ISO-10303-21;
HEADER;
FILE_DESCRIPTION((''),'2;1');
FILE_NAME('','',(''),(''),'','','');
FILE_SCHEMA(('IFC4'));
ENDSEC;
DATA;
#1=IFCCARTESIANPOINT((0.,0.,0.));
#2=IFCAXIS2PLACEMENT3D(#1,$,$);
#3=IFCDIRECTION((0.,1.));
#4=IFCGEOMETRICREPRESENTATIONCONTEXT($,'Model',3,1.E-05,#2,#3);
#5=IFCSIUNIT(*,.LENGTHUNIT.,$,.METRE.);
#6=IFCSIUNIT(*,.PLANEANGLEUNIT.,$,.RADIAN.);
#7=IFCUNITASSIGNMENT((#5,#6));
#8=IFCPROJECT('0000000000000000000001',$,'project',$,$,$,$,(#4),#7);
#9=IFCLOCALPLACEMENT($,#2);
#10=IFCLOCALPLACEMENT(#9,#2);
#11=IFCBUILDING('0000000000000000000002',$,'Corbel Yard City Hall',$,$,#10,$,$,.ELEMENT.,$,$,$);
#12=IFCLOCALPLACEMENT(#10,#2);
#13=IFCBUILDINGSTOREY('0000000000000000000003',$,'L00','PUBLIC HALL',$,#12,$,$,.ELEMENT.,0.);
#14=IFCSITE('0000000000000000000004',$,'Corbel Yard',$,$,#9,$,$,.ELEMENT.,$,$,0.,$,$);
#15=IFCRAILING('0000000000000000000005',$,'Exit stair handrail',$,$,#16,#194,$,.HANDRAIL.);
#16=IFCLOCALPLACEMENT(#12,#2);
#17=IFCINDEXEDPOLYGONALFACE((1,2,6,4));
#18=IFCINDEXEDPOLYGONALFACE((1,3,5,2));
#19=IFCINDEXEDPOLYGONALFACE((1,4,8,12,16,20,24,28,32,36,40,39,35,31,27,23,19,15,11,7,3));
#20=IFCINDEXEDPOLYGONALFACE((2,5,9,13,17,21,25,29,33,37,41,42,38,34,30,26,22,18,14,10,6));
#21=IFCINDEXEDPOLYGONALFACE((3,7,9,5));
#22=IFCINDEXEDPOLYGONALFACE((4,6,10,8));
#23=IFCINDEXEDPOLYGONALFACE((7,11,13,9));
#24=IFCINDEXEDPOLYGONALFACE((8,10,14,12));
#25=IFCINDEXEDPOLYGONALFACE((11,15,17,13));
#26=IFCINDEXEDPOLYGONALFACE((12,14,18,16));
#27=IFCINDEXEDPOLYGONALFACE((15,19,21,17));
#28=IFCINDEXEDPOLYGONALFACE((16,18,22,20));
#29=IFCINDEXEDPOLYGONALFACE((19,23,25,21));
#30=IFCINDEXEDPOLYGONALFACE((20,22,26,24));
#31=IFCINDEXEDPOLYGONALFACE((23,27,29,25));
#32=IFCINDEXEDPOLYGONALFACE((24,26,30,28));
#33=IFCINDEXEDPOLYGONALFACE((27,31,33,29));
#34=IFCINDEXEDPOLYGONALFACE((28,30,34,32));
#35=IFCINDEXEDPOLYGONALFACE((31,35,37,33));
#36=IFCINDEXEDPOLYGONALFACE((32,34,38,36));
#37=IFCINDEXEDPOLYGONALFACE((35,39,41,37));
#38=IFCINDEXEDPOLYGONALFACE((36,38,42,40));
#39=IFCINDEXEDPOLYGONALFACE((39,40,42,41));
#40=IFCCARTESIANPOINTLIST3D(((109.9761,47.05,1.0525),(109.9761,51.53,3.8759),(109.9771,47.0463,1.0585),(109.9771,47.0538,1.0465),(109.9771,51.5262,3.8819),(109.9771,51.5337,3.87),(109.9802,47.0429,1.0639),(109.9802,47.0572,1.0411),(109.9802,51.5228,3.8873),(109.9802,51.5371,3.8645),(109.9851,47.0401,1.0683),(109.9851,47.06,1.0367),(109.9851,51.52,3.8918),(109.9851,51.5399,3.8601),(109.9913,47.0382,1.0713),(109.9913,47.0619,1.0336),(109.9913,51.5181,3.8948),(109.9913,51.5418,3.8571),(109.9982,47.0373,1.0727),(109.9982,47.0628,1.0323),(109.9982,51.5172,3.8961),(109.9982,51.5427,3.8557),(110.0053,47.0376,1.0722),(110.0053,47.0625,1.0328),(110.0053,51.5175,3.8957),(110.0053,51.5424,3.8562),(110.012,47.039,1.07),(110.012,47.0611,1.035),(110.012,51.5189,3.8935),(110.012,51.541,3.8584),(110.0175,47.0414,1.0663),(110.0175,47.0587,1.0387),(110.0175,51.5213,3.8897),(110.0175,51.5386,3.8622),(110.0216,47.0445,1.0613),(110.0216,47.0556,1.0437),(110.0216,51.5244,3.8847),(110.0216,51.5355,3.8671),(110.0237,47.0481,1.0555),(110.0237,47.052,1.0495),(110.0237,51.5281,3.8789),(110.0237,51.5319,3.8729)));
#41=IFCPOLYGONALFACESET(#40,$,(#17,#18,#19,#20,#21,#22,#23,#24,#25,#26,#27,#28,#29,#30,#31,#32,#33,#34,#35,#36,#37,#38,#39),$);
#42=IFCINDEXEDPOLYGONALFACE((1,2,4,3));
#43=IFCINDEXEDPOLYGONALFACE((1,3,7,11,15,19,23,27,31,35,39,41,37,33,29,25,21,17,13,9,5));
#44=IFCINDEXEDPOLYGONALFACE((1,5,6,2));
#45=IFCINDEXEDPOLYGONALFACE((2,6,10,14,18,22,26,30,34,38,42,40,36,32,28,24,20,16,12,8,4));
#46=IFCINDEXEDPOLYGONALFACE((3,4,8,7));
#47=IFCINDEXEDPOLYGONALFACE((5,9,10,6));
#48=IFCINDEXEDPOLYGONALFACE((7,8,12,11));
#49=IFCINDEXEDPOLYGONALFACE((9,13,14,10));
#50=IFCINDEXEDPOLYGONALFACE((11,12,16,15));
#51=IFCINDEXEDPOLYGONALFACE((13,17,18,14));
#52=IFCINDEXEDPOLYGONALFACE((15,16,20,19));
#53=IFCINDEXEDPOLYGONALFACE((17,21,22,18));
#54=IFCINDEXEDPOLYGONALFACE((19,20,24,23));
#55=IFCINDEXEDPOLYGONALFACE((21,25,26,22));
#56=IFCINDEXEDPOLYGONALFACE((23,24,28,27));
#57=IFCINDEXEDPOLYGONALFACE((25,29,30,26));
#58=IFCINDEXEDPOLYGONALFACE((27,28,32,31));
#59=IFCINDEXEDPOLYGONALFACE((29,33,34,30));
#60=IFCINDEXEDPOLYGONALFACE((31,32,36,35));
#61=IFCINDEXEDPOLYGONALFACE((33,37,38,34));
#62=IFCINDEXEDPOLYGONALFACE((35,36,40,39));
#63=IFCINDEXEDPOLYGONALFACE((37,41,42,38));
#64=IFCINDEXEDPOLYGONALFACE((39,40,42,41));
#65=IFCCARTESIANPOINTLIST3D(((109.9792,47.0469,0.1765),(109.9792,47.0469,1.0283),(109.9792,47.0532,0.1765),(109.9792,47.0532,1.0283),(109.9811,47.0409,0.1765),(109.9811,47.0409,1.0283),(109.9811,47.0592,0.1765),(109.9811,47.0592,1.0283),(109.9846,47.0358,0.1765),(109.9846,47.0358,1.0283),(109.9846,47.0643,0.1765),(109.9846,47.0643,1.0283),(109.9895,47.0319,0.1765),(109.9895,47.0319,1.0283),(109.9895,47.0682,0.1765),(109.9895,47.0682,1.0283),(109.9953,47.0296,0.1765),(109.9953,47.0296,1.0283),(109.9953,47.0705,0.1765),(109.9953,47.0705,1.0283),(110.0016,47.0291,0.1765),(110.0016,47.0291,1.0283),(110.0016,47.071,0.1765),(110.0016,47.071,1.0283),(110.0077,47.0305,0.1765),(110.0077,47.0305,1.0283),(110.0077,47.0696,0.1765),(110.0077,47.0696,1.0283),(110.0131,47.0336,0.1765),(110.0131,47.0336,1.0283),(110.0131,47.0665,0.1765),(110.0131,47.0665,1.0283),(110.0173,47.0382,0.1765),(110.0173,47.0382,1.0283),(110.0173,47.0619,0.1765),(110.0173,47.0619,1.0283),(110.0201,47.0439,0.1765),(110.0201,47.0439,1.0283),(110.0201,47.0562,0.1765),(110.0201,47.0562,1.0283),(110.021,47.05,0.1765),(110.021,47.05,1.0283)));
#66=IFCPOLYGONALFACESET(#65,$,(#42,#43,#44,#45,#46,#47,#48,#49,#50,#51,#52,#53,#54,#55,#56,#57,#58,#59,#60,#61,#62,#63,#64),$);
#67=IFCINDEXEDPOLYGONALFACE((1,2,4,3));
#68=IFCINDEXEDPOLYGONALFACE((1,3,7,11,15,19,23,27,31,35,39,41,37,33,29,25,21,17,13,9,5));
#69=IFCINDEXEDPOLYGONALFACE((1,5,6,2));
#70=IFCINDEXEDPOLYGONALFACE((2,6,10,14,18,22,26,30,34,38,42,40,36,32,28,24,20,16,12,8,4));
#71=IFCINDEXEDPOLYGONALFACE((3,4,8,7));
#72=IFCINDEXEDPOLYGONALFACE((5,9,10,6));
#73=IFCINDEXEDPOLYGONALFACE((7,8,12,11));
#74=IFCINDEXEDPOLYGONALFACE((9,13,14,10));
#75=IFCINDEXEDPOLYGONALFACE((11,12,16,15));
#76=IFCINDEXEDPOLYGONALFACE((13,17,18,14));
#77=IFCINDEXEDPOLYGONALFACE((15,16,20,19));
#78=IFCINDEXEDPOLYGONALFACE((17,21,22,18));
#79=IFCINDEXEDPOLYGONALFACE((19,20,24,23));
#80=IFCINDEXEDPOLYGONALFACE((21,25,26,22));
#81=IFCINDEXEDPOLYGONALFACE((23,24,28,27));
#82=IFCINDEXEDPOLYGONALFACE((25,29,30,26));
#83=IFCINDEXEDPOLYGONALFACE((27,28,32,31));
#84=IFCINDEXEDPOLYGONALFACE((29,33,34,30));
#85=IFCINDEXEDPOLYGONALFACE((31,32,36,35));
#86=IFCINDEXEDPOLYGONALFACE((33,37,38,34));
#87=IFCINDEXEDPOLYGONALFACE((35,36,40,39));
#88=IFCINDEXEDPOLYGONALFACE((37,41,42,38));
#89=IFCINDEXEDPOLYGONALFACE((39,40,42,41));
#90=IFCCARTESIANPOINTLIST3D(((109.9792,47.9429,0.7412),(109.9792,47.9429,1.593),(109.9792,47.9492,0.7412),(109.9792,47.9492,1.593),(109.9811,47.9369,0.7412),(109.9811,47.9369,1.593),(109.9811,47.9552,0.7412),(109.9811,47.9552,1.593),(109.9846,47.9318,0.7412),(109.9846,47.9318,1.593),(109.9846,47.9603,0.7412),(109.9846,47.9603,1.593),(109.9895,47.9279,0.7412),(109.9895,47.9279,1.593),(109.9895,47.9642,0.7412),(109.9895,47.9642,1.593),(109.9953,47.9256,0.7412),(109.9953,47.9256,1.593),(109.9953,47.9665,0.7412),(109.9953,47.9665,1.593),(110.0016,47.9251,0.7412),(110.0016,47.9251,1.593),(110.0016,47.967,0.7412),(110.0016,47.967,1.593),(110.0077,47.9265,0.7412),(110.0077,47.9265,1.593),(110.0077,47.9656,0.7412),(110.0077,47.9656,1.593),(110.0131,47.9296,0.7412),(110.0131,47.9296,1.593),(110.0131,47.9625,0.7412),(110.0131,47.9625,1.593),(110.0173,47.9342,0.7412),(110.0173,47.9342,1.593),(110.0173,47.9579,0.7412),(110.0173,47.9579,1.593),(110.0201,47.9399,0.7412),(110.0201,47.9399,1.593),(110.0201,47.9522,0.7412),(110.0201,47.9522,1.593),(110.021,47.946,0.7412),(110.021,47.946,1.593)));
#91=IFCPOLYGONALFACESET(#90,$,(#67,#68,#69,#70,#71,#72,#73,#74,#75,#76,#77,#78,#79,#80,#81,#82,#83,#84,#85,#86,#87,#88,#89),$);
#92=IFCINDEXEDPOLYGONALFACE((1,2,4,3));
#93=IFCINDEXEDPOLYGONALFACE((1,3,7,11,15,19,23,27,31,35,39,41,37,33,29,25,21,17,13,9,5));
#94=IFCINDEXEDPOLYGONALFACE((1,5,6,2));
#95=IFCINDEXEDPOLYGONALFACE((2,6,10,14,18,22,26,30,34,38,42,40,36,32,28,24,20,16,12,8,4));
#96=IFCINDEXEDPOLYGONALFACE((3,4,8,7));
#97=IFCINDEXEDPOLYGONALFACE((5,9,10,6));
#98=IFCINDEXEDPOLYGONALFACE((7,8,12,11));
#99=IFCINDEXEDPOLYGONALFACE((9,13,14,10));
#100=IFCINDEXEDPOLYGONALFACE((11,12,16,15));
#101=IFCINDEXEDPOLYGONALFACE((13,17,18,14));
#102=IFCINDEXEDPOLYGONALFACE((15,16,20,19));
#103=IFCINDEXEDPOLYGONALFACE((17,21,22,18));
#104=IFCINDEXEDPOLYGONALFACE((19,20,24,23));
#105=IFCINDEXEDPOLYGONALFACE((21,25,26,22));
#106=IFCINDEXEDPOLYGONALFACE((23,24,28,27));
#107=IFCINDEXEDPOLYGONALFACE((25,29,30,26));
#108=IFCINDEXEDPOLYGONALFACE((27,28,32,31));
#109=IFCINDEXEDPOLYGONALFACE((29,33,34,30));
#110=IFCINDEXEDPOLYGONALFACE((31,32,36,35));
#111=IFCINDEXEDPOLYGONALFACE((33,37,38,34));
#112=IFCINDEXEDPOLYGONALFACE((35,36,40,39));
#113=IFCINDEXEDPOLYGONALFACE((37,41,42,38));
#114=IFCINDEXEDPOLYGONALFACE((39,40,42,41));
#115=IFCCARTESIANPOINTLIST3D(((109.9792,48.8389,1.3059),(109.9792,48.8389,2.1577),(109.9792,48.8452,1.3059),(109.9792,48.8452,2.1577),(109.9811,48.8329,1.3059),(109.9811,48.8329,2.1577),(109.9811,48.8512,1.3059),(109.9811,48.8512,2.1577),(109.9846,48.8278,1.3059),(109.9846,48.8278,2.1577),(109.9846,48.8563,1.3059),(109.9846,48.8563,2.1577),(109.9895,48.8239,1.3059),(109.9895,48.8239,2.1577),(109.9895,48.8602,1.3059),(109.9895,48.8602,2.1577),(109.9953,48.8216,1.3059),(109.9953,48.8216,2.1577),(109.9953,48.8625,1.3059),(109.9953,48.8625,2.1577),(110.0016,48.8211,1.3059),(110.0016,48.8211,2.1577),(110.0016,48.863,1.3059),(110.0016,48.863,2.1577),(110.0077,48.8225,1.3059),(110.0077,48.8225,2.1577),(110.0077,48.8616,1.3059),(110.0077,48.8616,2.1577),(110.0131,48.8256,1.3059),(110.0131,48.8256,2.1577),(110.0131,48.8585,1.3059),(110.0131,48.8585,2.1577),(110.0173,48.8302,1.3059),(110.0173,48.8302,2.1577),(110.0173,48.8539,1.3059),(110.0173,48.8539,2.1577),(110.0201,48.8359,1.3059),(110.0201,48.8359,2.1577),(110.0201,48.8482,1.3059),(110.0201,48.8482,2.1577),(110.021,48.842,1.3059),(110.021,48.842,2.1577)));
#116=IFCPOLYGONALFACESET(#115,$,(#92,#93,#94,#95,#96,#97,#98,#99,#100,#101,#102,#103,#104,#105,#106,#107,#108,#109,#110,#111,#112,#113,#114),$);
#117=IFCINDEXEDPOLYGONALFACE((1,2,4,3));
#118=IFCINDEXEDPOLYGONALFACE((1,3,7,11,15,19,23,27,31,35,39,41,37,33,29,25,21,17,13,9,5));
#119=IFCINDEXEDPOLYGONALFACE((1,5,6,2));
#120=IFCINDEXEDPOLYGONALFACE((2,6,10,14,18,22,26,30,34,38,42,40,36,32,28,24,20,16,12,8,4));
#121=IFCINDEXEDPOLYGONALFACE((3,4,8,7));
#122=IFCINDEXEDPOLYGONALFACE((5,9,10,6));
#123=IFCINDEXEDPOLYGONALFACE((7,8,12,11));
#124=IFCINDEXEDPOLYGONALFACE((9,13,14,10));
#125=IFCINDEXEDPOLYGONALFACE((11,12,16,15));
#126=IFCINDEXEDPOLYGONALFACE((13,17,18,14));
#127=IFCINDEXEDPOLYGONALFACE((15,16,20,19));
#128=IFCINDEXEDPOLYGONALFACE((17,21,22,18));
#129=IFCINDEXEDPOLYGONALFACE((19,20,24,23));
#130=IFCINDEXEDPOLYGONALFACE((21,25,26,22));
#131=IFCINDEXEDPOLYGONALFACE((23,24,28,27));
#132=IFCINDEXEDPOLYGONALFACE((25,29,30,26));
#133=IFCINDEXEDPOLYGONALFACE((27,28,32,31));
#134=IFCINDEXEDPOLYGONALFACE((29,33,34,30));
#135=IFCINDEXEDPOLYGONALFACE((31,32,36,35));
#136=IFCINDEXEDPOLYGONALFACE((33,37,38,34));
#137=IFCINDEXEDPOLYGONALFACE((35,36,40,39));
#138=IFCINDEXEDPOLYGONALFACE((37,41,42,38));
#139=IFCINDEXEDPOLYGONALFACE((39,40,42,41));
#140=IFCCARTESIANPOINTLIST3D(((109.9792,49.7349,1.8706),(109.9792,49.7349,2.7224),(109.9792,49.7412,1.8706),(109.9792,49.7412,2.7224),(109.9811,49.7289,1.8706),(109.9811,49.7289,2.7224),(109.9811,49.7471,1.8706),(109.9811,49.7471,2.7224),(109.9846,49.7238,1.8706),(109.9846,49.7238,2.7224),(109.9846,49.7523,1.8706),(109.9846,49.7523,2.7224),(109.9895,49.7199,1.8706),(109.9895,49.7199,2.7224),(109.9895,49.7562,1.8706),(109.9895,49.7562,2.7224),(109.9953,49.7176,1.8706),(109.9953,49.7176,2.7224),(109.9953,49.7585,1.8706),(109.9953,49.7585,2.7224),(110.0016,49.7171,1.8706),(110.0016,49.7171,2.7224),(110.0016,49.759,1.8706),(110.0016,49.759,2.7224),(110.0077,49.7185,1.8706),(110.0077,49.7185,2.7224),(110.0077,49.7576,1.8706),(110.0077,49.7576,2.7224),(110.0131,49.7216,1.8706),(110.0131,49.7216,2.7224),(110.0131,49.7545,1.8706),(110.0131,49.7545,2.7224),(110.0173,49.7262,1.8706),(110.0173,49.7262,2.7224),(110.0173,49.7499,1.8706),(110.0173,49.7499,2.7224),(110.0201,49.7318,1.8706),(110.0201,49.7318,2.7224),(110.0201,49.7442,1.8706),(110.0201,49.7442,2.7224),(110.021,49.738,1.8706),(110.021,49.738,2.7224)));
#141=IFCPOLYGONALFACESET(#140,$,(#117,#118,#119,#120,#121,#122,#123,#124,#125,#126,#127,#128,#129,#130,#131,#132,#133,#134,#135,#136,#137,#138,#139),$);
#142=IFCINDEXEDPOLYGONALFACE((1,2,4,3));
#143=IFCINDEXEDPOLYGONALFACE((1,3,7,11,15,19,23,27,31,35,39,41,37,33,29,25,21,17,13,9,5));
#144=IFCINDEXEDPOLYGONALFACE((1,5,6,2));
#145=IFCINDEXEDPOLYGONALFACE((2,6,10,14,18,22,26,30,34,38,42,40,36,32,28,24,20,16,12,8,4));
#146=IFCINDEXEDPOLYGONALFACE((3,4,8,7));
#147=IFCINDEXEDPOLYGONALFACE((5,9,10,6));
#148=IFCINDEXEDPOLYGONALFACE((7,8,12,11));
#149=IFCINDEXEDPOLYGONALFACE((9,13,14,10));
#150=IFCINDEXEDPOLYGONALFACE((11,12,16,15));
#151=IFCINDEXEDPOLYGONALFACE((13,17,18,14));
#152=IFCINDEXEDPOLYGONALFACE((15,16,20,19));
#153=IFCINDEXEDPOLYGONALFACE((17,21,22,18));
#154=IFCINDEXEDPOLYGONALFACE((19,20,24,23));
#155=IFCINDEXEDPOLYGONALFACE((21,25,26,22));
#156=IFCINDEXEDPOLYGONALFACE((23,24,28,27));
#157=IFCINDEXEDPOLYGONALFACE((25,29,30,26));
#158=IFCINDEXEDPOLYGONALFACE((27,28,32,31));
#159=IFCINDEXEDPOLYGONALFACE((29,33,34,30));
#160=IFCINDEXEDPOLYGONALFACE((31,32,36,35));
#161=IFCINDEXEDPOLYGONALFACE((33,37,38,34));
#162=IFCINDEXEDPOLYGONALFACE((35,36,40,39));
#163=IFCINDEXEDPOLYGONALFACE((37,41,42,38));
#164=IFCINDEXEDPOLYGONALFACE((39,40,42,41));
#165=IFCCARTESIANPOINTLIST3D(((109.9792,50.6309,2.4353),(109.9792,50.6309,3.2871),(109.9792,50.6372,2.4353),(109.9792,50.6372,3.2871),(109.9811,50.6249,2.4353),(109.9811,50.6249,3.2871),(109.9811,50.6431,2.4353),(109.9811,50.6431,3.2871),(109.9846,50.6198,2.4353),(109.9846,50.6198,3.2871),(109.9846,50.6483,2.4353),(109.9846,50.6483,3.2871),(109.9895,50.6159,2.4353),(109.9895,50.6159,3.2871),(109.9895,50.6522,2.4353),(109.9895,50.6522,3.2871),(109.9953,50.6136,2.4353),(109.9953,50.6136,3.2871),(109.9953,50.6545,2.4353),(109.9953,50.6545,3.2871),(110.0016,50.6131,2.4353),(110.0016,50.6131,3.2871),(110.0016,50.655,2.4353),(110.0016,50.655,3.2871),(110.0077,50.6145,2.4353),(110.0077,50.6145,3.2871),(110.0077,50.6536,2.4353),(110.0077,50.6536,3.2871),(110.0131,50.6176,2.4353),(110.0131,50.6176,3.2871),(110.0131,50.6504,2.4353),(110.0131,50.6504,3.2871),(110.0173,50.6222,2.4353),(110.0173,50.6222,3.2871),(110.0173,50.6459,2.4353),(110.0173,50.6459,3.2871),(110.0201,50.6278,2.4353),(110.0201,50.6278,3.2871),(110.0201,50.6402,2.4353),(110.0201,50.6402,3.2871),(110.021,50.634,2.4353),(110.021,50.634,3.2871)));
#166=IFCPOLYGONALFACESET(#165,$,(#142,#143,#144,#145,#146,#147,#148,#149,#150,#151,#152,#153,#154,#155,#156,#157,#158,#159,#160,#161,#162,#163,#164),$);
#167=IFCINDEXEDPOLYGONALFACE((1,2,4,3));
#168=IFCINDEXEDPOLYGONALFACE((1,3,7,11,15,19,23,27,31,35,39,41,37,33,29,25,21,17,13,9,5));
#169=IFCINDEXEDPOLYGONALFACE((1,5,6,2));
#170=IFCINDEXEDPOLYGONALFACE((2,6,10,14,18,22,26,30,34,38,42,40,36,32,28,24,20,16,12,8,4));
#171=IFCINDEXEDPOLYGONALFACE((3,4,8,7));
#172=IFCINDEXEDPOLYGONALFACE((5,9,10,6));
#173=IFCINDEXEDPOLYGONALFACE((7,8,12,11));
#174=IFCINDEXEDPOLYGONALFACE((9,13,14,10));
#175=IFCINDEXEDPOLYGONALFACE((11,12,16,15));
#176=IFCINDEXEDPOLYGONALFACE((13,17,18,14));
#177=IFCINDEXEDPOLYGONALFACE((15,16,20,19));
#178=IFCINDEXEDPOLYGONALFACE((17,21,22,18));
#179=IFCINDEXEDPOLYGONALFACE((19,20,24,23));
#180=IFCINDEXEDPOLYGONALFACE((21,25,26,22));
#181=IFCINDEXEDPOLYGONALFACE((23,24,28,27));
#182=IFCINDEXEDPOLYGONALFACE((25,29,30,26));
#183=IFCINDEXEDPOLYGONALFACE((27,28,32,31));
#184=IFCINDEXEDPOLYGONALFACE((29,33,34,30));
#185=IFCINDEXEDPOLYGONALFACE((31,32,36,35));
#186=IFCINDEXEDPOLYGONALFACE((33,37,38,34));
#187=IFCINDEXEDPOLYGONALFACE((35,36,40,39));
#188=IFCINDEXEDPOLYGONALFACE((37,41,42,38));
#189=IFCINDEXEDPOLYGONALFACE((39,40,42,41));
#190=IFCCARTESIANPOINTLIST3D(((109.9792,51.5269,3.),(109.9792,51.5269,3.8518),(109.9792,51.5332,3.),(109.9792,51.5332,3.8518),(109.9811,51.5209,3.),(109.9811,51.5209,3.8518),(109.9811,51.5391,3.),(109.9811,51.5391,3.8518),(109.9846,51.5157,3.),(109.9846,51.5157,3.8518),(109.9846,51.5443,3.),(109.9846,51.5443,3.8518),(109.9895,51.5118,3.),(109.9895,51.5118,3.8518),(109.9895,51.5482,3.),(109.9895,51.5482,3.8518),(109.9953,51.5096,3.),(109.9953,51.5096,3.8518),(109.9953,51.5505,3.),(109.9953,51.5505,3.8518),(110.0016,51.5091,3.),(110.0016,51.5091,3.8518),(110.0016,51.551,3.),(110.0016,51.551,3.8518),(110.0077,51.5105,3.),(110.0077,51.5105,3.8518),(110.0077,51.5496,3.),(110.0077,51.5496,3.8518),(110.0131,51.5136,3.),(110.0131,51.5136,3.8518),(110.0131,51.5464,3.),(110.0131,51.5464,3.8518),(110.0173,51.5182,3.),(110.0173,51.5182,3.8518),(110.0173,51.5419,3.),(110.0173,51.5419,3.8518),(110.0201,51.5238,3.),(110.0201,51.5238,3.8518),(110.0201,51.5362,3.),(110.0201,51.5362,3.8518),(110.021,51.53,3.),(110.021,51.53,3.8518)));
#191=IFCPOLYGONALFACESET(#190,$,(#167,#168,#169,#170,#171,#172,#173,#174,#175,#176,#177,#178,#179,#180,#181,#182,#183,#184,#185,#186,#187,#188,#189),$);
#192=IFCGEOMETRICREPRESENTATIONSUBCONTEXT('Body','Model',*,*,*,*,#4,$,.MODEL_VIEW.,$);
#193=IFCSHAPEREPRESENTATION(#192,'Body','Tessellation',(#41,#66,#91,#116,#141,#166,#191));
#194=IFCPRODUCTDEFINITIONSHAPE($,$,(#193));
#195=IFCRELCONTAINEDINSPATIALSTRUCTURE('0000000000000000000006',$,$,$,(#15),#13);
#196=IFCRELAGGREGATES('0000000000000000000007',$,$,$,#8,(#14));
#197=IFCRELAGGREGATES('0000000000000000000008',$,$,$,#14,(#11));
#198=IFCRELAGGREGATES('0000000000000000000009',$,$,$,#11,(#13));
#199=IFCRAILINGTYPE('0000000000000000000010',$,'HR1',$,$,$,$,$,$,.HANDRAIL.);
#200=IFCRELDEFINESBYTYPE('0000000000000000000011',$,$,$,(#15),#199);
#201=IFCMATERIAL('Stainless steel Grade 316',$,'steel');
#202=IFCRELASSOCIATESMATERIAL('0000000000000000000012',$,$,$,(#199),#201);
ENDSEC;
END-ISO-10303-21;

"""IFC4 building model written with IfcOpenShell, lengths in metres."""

from ifc_helpers import new_model, si_unit, direction, frame, origin, origin_2d, place, context, subcontext, project, spatial, circle, extrude, material, type_object, element, save


model = new_model("IFC4")

# Units and contexts
model_context = context("Model", 3, precision=1e-05, world=origin(), true_north=direction((0.0, 1.0)))
body_context = subcontext(model_context, "Body", "Model", "MODEL_VIEW")
ifc_project = project(units=[si_unit("LENGTHUNIT", "METRE"), si_unit("PLANEANGLEUNIT", "RADIAN")], contexts=[model_context])

# Site, building, storey
site_placement = place(None, origin())
site = spatial("IfcSite", under=ifc_project, at=site_placement, Name="Corbel Yard", CompositionType="ELEMENT", RefElevation=0.0)
building_placement = place(site_placement, origin())
building = spatial("IfcBuilding", under=site, at=building_placement, Name="Corbel Yard City Hall", CompositionType="ELEMENT")
storey_placement = place(building_placement, origin())
storey = spatial("IfcBuildingStorey", under=building, at=storey_placement, Name="L00", Description="PUBLIC HALL", CompositionType="ELEMENT", Elevation=0.0)

# Shared definitions
ifc_material_1 = material(Name="Stainless steel Grade 316", Category="steel")

# Railing
railing_type = type_object("IfcRailingType", Name="HR1", PredefinedType="HANDRAIL", material=ifc_material_1)
for number, where, name in (
    (1, (110.0, 47.05, 0.1765), "Exit stair handrail"),
):
    element("IfcRailing", number, at=place(storey_placement, frame(where)), inside=storey, type_object=railing_type, Name=name, PredefinedType="HANDRAIL", context=body_context, shape_type="SweptSolid", body=[
        extrude(circle(Radius=0.0239, at=origin_2d()), frame((0.0, 0.0, 0.876), z_axis=(0.0, 0.845998, 0.533186), x_axis=(-1.0, 0.0, 0.0)), (0.0, 0.0, 1.0), 5.2954),
        extrude(circle(Radius=0.021, at=origin_2d()), origin(), (0.0, 0.0, 1.0), 0.8518),
        extrude(circle(Radius=0.021, at=origin_2d()), frame((0.0, 0.896, 0.5647)), (0.0, 0.0, 1.0), 0.8518),
        extrude(circle(Radius=0.021, at=origin_2d()), frame((0.0, 1.792, 1.1294)), (0.0, 0.0, 1.0), 0.8518),
        extrude(circle(Radius=0.021, at=origin_2d()), frame((0.0, 2.688, 1.6941)), (0.0, 0.0, 1.0), 0.8518),
        extrude(circle(Radius=0.021, at=origin_2d()), frame((0.0, 3.584, 2.2588)), (0.0, 0.0, 1.0), 0.8518),
        extrude(circle(Radius=0.021, at=origin_2d()), frame((0.0, 4.48, 2.8235)), (0.0, 0.0, 1.0), 0.8518),
    ])

save(model, "model.ifc")
